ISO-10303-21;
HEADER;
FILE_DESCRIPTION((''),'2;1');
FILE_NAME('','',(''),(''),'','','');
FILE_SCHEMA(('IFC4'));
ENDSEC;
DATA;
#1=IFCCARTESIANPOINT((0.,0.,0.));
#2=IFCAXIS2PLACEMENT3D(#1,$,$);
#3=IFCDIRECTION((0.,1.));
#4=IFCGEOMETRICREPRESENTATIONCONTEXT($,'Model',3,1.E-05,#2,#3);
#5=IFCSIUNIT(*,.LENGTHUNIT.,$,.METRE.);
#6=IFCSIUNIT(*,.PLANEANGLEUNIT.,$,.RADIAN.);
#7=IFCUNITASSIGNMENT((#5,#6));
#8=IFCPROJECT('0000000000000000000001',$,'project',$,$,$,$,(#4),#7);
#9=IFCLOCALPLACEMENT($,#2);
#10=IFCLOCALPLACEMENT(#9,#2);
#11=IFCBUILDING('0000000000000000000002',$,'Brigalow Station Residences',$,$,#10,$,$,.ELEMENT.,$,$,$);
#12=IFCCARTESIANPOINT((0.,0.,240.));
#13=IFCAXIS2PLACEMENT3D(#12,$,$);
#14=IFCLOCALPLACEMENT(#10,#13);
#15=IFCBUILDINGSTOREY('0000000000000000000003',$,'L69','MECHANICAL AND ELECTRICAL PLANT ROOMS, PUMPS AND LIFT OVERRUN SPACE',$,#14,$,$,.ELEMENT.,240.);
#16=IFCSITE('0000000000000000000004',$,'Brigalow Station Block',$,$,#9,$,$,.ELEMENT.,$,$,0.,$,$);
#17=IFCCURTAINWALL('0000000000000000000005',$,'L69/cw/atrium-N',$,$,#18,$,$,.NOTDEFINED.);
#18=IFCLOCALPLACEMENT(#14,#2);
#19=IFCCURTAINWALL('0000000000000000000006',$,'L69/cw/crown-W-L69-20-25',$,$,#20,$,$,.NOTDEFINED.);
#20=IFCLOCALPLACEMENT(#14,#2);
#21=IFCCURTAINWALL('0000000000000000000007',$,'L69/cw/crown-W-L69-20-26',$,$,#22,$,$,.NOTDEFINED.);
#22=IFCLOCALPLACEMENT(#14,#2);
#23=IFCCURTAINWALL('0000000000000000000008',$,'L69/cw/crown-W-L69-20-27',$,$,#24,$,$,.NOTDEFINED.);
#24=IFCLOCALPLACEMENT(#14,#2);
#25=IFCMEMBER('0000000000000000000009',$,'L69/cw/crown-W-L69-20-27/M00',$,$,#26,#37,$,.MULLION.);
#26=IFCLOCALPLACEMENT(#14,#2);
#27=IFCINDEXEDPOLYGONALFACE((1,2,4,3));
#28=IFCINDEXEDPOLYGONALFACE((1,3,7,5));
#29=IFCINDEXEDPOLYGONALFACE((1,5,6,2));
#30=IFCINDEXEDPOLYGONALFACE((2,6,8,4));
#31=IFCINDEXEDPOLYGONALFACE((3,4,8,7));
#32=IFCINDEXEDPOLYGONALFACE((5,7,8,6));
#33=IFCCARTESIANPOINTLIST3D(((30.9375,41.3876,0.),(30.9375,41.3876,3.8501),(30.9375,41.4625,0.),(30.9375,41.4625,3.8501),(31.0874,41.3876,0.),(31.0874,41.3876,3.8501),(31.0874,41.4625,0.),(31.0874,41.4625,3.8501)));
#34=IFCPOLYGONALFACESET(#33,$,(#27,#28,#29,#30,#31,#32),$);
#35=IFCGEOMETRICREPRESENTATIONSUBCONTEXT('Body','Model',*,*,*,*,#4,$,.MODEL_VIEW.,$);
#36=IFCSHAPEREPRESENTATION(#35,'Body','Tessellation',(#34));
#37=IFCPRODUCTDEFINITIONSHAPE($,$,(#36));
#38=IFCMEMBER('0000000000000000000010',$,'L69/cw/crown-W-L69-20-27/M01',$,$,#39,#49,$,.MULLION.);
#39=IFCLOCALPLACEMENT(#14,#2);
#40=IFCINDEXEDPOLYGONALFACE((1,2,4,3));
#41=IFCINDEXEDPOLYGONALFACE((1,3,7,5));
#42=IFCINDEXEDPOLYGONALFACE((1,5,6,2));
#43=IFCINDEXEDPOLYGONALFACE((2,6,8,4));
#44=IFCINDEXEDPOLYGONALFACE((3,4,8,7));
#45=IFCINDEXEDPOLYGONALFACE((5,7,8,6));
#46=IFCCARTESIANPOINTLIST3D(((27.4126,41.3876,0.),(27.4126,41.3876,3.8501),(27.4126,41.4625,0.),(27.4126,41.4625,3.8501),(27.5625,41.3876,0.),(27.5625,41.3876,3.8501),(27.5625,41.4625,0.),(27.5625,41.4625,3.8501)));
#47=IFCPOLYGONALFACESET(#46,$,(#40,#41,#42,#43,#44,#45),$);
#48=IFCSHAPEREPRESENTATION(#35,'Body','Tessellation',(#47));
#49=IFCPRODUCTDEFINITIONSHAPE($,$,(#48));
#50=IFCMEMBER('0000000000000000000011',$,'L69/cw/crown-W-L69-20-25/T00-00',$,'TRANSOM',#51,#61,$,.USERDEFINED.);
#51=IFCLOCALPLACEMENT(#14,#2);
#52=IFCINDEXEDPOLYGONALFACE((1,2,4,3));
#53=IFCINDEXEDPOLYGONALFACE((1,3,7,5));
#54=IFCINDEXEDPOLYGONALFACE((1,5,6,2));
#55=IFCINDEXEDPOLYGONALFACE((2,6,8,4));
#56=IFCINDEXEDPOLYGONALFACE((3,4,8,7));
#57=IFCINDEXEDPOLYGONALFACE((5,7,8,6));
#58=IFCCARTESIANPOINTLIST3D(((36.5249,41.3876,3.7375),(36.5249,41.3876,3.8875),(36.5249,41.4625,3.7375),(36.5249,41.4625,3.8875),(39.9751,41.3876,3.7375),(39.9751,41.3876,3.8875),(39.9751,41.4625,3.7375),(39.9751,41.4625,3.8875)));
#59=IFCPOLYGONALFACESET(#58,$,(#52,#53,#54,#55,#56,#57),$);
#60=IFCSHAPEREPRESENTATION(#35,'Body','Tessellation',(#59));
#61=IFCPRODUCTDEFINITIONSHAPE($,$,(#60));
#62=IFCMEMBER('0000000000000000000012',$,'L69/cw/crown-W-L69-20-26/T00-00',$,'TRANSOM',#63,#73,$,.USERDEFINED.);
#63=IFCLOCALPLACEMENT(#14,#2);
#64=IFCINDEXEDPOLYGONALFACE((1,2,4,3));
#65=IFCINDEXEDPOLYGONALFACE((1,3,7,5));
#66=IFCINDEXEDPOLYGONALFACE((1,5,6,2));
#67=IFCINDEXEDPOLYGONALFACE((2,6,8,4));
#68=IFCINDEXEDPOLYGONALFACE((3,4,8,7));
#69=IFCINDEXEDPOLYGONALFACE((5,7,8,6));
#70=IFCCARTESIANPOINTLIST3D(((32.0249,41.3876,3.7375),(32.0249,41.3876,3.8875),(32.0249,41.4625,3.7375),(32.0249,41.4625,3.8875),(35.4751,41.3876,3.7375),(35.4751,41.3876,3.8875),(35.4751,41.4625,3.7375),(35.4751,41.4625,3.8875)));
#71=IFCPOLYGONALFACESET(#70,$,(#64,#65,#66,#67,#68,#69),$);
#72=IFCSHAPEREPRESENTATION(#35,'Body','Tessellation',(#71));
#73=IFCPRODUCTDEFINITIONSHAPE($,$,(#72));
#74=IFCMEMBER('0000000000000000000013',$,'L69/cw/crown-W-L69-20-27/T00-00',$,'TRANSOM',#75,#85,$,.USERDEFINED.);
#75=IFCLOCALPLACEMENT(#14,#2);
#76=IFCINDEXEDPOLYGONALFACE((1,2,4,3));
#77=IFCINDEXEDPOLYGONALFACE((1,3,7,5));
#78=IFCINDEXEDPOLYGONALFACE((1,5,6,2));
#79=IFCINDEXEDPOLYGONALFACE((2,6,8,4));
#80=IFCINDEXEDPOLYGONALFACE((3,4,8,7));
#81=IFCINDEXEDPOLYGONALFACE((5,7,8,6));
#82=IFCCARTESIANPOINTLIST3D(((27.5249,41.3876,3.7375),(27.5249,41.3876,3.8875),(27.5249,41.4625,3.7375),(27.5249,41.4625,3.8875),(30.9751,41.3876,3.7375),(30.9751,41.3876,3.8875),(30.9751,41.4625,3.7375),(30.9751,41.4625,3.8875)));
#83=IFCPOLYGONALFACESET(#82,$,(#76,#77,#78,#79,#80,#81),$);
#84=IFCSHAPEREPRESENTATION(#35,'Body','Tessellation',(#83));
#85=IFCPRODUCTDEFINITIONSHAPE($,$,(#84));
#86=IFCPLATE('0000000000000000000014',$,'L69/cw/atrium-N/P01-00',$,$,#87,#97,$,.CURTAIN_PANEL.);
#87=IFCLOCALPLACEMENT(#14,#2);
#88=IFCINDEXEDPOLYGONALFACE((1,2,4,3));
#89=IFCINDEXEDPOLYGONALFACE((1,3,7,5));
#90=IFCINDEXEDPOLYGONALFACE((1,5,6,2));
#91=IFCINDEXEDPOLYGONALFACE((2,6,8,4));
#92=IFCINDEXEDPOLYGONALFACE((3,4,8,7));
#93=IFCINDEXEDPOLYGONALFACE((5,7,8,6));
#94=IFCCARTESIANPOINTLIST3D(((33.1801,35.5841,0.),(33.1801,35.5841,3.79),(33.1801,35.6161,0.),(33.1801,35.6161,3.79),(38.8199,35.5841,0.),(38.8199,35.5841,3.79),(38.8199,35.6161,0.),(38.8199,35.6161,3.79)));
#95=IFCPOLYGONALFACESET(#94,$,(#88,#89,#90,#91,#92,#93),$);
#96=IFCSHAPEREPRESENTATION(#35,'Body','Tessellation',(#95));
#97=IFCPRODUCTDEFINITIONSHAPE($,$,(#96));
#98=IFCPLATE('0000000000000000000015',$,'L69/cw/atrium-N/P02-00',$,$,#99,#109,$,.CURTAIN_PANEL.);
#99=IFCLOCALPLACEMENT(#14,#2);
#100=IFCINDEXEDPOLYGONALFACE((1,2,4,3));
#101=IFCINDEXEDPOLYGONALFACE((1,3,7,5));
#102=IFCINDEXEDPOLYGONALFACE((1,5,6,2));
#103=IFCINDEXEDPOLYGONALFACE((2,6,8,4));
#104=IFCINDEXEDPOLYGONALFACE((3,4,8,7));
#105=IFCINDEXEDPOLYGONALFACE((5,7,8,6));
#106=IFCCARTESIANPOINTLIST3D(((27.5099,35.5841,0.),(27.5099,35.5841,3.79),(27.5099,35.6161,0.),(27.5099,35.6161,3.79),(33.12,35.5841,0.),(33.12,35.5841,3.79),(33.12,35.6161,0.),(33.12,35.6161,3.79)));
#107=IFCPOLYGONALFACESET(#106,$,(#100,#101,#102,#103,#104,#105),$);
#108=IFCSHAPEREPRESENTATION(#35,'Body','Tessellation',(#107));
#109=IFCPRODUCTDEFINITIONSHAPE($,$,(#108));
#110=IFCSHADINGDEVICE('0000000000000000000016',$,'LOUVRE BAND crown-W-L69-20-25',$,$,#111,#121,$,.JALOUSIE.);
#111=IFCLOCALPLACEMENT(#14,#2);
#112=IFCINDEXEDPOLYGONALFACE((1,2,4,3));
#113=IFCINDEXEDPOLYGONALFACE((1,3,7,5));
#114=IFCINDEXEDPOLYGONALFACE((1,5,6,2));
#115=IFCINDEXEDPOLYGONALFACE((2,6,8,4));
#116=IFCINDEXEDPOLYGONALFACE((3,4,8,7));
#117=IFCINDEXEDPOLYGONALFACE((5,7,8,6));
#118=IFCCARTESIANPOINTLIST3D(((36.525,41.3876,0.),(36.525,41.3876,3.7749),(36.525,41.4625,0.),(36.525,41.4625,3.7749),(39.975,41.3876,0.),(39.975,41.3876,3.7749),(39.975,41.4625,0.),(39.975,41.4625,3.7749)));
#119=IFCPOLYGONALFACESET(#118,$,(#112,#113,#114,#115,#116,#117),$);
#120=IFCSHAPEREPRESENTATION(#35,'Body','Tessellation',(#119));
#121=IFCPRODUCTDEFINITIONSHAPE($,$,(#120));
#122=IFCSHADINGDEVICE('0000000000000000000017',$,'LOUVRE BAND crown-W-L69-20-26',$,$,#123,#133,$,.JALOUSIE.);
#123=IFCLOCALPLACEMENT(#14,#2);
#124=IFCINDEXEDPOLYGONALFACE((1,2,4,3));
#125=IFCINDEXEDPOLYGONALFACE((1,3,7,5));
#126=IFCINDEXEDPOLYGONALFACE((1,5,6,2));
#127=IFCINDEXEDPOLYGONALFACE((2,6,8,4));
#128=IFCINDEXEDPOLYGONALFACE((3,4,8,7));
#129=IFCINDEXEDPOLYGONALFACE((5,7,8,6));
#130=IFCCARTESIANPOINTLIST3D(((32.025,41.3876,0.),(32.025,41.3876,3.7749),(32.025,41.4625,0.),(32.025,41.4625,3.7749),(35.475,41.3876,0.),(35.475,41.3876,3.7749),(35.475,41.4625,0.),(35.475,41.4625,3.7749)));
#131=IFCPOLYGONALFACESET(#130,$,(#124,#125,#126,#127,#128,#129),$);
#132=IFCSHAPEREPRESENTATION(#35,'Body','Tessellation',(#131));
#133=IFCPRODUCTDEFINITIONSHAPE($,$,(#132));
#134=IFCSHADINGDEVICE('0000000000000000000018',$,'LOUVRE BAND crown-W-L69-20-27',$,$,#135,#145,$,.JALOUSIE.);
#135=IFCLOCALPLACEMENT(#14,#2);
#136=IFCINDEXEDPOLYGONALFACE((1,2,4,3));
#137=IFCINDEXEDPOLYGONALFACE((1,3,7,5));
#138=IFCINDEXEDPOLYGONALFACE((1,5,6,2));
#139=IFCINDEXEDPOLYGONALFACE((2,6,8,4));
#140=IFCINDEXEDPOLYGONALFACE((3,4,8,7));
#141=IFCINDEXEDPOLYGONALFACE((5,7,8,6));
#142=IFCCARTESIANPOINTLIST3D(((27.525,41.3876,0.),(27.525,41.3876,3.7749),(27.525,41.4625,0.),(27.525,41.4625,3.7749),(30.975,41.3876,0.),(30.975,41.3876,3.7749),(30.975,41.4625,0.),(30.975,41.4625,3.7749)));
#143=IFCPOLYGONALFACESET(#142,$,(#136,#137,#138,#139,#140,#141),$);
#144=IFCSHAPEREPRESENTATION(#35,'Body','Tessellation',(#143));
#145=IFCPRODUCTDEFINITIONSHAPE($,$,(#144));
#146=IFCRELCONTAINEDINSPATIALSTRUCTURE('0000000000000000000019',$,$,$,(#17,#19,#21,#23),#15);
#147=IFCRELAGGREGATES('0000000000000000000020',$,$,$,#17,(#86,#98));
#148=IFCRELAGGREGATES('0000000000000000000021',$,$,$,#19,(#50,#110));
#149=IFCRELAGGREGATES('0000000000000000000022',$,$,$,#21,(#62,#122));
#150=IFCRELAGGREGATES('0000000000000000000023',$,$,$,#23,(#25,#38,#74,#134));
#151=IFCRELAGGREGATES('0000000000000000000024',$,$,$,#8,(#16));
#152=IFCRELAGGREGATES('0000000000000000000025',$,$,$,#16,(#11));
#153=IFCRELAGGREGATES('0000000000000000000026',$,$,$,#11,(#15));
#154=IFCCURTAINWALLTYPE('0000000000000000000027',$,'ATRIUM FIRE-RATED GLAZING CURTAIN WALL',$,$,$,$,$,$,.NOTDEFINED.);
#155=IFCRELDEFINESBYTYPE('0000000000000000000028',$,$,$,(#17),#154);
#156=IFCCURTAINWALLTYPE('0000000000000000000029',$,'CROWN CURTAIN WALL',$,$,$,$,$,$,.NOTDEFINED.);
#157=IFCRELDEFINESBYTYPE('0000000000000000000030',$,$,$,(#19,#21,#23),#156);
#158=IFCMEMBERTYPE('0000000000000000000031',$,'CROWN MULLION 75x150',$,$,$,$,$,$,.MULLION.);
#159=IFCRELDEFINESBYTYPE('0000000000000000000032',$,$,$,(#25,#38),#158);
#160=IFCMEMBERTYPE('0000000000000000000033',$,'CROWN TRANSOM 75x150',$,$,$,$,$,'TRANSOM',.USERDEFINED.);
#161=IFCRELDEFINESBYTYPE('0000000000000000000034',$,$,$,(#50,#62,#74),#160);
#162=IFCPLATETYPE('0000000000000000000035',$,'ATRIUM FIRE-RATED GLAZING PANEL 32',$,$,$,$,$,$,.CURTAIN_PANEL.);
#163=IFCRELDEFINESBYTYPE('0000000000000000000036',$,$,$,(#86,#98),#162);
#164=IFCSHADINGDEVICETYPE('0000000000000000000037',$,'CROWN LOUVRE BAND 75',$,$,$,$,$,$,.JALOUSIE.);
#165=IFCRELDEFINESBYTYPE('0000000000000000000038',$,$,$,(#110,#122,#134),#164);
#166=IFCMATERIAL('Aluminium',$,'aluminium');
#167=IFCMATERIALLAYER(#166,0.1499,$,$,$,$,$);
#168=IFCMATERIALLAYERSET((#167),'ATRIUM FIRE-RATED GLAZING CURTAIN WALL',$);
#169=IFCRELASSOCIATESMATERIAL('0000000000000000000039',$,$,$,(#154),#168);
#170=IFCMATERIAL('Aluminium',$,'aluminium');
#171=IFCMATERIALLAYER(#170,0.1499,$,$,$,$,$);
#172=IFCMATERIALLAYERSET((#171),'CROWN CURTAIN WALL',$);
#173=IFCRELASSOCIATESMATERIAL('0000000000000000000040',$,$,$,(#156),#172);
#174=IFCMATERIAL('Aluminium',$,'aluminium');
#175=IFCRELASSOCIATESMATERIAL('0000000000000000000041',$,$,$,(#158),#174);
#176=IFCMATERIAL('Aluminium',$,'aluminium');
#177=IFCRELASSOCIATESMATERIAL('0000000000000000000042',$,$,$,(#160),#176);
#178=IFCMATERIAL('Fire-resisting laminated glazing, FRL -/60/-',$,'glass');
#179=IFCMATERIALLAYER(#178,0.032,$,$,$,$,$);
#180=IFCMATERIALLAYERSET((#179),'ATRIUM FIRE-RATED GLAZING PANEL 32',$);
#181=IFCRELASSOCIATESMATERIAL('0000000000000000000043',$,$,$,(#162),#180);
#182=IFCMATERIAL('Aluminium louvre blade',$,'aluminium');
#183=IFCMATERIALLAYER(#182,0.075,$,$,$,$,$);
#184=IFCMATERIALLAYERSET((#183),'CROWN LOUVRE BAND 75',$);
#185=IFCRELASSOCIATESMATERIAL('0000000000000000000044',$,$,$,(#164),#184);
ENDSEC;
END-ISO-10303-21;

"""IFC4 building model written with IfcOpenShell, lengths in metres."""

from ifc_helpers import new_model, si_unit, direction, frame, origin, origin_2d, place, context, subcontext, project, spatial, rectangle, extrude, material, layer, layer_set, material_profile, profile_set, type_object, element, aggregate, save


model = new_model("IFC4")

# Units and contexts
model_context = context("Model", 3, precision=1e-05, world=origin(), true_north=direction((0.0, 1.0)))
body_context = subcontext(model_context, "Body", "Model", "MODEL_VIEW")
ifc_project = project(units=[si_unit("LENGTHUNIT", "METRE"), si_unit("PLANEANGLEUNIT", "RADIAN")], contexts=[model_context])

# Site, building, storey
site_placement = place(None, origin())
site = spatial("IfcSite", under=ifc_project, at=site_placement, Name="Brigalow Station Block", CompositionType="ELEMENT", RefElevation=0.0)
building_placement = place(site_placement, origin())
building = spatial("IfcBuilding", under=site, at=building_placement, Name="Brigalow Station Residences", CompositionType="ELEMENT")
storey_placement = place(building_placement, frame((0.0, 0.0, 240.0)))
storey = spatial("IfcBuildingStorey", under=building, at=storey_placement, Name="L69", Description="MECHANICAL AND ELECTRICAL PLANT ROOMS, PUMPS AND LIFT OVERRUN SPACE", CompositionType="ELEMENT", Elevation=240.0)

# Curtain wall
ifc_material_1 = material(Name="Aluminium", Category="aluminium")
ifc_layer_1 = layer(ifc_material_1, 0.1499)
ifc_layer_set_1 = layer_set([ifc_layer_1], Name="ATRIUM FIRE-RATED GLAZING CURTAIN WALL")
curtain_wall_type_1 = type_object("IfcCurtainWallType", Name="ATRIUM FIRE-RATED GLAZING CURTAIN WALL", PredefinedType="NOTDEFINED", material=ifc_layer_set_1)
curtain_wall_1_placement = place(storey_placement, origin())
curtain_wall_1 = element("IfcCurtainWall", 1, at=curtain_wall_1_placement, inside=storey, type_object=curtain_wall_type_1, Name="L69/cw/atrium-N", PredefinedType="NOTDEFINED")

# Curtain wall
ifc_material_2 = material(Name="Aluminium", Category="aluminium")
ifc_layer_2 = layer(ifc_material_2, 0.1499)
ifc_layer_set_2 = layer_set([ifc_layer_2], Name="CROWN CURTAIN WALL")
curtain_wall_type_2 = type_object("IfcCurtainWallType", Name="CROWN CURTAIN WALL", PredefinedType="NOTDEFINED", material=ifc_layer_set_2)
curtain_wall_2_placement = place(storey_placement, origin())
curtain_wall_2 = element("IfcCurtainWall", 2, at=curtain_wall_2_placement, inside=storey, type_object=curtain_wall_type_2, Name="L69/cw/crown-W-L69-20-25", PredefinedType="NOTDEFINED")
ifc_material_3 = material(Name="Aluminium", Category="aluminium")
ifc_material_profile_1 = material_profile(ifc_material_3, rectangle(XDim=0.075, YDim=0.1499, at=origin_2d()), Name="CROWN MULLION 75x150")
ifc_profile_set_1 = profile_set([ifc_material_profile_1], Name="Aluminium")
member_type_1 = type_object("IfcMemberType", Name="CROWN MULLION 75x150", PredefinedType="MULLION", material=ifc_profile_set_1)

# Curtain walls, members
curtain_wall_3_placement = place(storey_placement, origin())
curtain_wall_3 = element("IfcCurtainWall", 3, at=curtain_wall_3_placement, inside=storey, type_object=curtain_wall_type_2, Name="L69/cw/crown-W-L69-20-26", PredefinedType="NOTDEFINED")
curtain_wall_4_placement = place(storey_placement, origin())
curtain_wall_4 = element("IfcCurtainWall", 4, at=curtain_wall_4_placement, inside=storey, type_object=curtain_wall_type_2, Name="L69/cw/crown-W-L69-20-27", PredefinedType="NOTDEFINED")
member_1_placement = place(storey_placement, frame((31.0125, 41.425, 0.0), z_axis=(0.0, 0.0, 1.0), x_axis=(0.0, -1.0, 0.0)))
member_1 = element("IfcMember", 5, at=member_1_placement, type_object=member_type_1, Name="L69/cw/crown-W-L69-20-27/M00", PredefinedType="MULLION", context=body_context, shape_type="SweptSolid", body=[
    extrude(rectangle(XDim=0.075, YDim=0.1499, at=origin_2d()), origin(), (0.0, 0.0, 1.0), 3.8501),
])
member_2_placement = place(storey_placement, frame((27.4875, 41.425, 0.0), z_axis=(0.0, 0.0, 1.0), x_axis=(0.0, -1.0, 0.0)))
member_2 = element("IfcMember", 6, at=member_2_placement, type_object=member_type_1, Name="L69/cw/crown-W-L69-20-27/M01", PredefinedType="MULLION", context=body_context, shape_type="SweptSolid", body=[
    extrude(rectangle(XDim=0.075, YDim=0.1499, at=origin_2d()), origin(), (0.0, 0.0, 1.0), 3.8501),
])

# Members
ifc_material_4 = material(Name="Aluminium", Category="aluminium")
ifc_material_profile_2 = material_profile(ifc_material_4, rectangle(XDim=0.075, YDim=0.1499, at=origin_2d()), Name="CROWN TRANSOM 75x150")
ifc_profile_set_2 = profile_set([ifc_material_profile_2], Name="Aluminium")
member_type_2 = type_object("IfcMemberType", Name="CROWN TRANSOM 75x150", ElementType="TRANSOM", PredefinedType="USERDEFINED", material=ifc_profile_set_2)
member_3_placement = place(storey_placement, frame((39.9751, 41.425, 3.8125), z_axis=(-1.0, 0.0, 0.0), x_axis=(0.0, -1.0, 0.0)))
member_3 = element("IfcMember", 7, at=member_3_placement, type_object=member_type_2, Name="L69/cw/crown-W-L69-20-25/T00-00", ObjectType="TRANSOM", PredefinedType="USERDEFINED", context=body_context, shape_type="SweptSolid", body=[
    extrude(rectangle(XDim=0.075, YDim=0.1499, at=origin_2d()), origin(), (0.0, 0.0, 1.0), 3.4502),
])
member_4_placement = place(storey_placement, frame((35.4751, 41.425, 3.8125), z_axis=(-1.0, 0.0, 0.0), x_axis=(0.0, -1.0, 0.0)))
member_4 = element("IfcMember", 8, at=member_4_placement, type_object=member_type_2, Name="L69/cw/crown-W-L69-20-26/T00-00", ObjectType="TRANSOM", PredefinedType="USERDEFINED", context=body_context, shape_type="SweptSolid", body=[
    extrude(rectangle(XDim=0.075, YDim=0.1499, at=origin_2d()), origin(), (0.0, 0.0, 1.0), 3.4502),
])
member_5_placement = place(storey_placement, frame((30.9751, 41.425, 3.8125), z_axis=(-1.0, 0.0, 0.0), x_axis=(0.0, -1.0, 0.0)))
member_5 = element("IfcMember", 9, at=member_5_placement, type_object=member_type_2, Name="L69/cw/crown-W-L69-20-27/T00-00", ObjectType="TRANSOM", PredefinedType="USERDEFINED", context=body_context, shape_type="SweptSolid", body=[
    extrude(rectangle(XDim=0.075, YDim=0.1499, at=origin_2d()), origin(), (0.0, 0.0, 1.0), 3.4502),
])

# Plates
ifc_material_5 = material(Name="Fire-resisting laminated glazing, FRL -/60/-", Category="glass")
ifc_layer_3 = layer(ifc_material_5, 0.032)
ifc_layer_set_3 = layer_set([ifc_layer_3], Name="ATRIUM FIRE-RATED GLAZING PANEL 32")
plate_type = type_object("IfcPlateType", Name="ATRIUM FIRE-RATED GLAZING PANEL 32", PredefinedType="CURTAIN_PANEL", material=ifc_layer_set_3)
plate_1_placement = place(storey_placement, frame((36.0, 35.6001, 0.0), z_axis=(0.0, 0.0, 1.0), x_axis=(-1.0, 0.0, 0.0)))
plate_1 = element("IfcPlate", 10, at=plate_1_placement, type_object=plate_type, Name="L69/cw/atrium-N/P01-00", PredefinedType="CURTAIN_PANEL", context=body_context, shape_type="SweptSolid", body=[
    extrude(rectangle(XDim=5.6399, YDim=0.032, at=origin_2d()), origin(), (0.0, 0.0, 1.0), 3.79),
])
plate_2_placement = place(storey_placement, frame((30.3149, 35.6001, 0.0), z_axis=(0.0, 0.0, 1.0), x_axis=(-1.0, 0.0, 0.0)))
plate_2 = element("IfcPlate", 11, at=plate_2_placement, type_object=plate_type, Name="L69/cw/atrium-N/P02-00", PredefinedType="CURTAIN_PANEL", context=body_context, shape_type="SweptSolid", body=[
    extrude(rectangle(XDim=5.6101, YDim=0.032, at=origin_2d()), origin(), (0.0, 0.0, 1.0), 3.79),
])
aggregate(curtain_wall_1, [plate_1, plate_2])

# Shading devices
ifc_material_6 = material(Name="Aluminium louvre blade", Category="aluminium")
ifc_layer_4 = layer(ifc_material_6, 0.075)
ifc_layer_set_4 = layer_set([ifc_layer_4], Name="CROWN LOUVRE BAND 75")
shading_device_type = type_object("IfcShadingDeviceType", Name="CROWN LOUVRE BAND 75", PredefinedType="JALOUSIE", material=ifc_layer_set_4)
shading_device_1_placement = place(storey_placement, frame((38.25, 41.425, 0.0), z_axis=(0.0, 0.0, 1.0), x_axis=(-1.0, 0.0, 0.0)))
shading_device_1 = element("IfcShadingDevice", 12, at=shading_device_1_placement, type_object=shading_device_type, Name="LOUVRE BAND crown-W-L69-20-25", PredefinedType="JALOUSIE", context=body_context, shape_type="SweptSolid", body=[
    extrude(rectangle(XDim=3.45, YDim=0.075, at=origin_2d()), origin(), (0.0, 0.0, 1.0), 3.7749),
])
aggregate(curtain_wall_2, [member_3, shading_device_1])
shading_device_2_placement = place(storey_placement, frame((33.75, 41.425, 0.0), z_axis=(0.0, 0.0, 1.0), x_axis=(-1.0, 0.0, 0.0)))
shading_device_2 = element("IfcShadingDevice", 13, at=shading_device_2_placement, type_object=shading_device_type, Name="LOUVRE BAND crown-W-L69-20-26", PredefinedType="JALOUSIE", context=body_context, shape_type="SweptSolid", body=[
    extrude(rectangle(XDim=3.45, YDim=0.075, at=origin_2d()), origin(), (0.0, 0.0, 1.0), 3.7749),
])
aggregate(curtain_wall_3, [member_4, shading_device_2])
shading_device_3_placement = place(storey_placement, frame((29.25, 41.425, 0.0), z_axis=(0.0, 0.0, 1.0), x_axis=(-1.0, 0.0, 0.0)))
shading_device_3 = element("IfcShadingDevice", 14, at=shading_device_3_placement, type_object=shading_device_type, Name="LOUVRE BAND crown-W-L69-20-27", PredefinedType="JALOUSIE", context=body_context, shape_type="SweptSolid", body=[
    extrude(rectangle(XDim=3.45, YDim=0.075, at=origin_2d()), origin(), (0.0, 0.0, 1.0), 3.7749),
])
aggregate(curtain_wall_4, [member_1, member_2, member_5, shading_device_3])

save(model, "model.ifc")
